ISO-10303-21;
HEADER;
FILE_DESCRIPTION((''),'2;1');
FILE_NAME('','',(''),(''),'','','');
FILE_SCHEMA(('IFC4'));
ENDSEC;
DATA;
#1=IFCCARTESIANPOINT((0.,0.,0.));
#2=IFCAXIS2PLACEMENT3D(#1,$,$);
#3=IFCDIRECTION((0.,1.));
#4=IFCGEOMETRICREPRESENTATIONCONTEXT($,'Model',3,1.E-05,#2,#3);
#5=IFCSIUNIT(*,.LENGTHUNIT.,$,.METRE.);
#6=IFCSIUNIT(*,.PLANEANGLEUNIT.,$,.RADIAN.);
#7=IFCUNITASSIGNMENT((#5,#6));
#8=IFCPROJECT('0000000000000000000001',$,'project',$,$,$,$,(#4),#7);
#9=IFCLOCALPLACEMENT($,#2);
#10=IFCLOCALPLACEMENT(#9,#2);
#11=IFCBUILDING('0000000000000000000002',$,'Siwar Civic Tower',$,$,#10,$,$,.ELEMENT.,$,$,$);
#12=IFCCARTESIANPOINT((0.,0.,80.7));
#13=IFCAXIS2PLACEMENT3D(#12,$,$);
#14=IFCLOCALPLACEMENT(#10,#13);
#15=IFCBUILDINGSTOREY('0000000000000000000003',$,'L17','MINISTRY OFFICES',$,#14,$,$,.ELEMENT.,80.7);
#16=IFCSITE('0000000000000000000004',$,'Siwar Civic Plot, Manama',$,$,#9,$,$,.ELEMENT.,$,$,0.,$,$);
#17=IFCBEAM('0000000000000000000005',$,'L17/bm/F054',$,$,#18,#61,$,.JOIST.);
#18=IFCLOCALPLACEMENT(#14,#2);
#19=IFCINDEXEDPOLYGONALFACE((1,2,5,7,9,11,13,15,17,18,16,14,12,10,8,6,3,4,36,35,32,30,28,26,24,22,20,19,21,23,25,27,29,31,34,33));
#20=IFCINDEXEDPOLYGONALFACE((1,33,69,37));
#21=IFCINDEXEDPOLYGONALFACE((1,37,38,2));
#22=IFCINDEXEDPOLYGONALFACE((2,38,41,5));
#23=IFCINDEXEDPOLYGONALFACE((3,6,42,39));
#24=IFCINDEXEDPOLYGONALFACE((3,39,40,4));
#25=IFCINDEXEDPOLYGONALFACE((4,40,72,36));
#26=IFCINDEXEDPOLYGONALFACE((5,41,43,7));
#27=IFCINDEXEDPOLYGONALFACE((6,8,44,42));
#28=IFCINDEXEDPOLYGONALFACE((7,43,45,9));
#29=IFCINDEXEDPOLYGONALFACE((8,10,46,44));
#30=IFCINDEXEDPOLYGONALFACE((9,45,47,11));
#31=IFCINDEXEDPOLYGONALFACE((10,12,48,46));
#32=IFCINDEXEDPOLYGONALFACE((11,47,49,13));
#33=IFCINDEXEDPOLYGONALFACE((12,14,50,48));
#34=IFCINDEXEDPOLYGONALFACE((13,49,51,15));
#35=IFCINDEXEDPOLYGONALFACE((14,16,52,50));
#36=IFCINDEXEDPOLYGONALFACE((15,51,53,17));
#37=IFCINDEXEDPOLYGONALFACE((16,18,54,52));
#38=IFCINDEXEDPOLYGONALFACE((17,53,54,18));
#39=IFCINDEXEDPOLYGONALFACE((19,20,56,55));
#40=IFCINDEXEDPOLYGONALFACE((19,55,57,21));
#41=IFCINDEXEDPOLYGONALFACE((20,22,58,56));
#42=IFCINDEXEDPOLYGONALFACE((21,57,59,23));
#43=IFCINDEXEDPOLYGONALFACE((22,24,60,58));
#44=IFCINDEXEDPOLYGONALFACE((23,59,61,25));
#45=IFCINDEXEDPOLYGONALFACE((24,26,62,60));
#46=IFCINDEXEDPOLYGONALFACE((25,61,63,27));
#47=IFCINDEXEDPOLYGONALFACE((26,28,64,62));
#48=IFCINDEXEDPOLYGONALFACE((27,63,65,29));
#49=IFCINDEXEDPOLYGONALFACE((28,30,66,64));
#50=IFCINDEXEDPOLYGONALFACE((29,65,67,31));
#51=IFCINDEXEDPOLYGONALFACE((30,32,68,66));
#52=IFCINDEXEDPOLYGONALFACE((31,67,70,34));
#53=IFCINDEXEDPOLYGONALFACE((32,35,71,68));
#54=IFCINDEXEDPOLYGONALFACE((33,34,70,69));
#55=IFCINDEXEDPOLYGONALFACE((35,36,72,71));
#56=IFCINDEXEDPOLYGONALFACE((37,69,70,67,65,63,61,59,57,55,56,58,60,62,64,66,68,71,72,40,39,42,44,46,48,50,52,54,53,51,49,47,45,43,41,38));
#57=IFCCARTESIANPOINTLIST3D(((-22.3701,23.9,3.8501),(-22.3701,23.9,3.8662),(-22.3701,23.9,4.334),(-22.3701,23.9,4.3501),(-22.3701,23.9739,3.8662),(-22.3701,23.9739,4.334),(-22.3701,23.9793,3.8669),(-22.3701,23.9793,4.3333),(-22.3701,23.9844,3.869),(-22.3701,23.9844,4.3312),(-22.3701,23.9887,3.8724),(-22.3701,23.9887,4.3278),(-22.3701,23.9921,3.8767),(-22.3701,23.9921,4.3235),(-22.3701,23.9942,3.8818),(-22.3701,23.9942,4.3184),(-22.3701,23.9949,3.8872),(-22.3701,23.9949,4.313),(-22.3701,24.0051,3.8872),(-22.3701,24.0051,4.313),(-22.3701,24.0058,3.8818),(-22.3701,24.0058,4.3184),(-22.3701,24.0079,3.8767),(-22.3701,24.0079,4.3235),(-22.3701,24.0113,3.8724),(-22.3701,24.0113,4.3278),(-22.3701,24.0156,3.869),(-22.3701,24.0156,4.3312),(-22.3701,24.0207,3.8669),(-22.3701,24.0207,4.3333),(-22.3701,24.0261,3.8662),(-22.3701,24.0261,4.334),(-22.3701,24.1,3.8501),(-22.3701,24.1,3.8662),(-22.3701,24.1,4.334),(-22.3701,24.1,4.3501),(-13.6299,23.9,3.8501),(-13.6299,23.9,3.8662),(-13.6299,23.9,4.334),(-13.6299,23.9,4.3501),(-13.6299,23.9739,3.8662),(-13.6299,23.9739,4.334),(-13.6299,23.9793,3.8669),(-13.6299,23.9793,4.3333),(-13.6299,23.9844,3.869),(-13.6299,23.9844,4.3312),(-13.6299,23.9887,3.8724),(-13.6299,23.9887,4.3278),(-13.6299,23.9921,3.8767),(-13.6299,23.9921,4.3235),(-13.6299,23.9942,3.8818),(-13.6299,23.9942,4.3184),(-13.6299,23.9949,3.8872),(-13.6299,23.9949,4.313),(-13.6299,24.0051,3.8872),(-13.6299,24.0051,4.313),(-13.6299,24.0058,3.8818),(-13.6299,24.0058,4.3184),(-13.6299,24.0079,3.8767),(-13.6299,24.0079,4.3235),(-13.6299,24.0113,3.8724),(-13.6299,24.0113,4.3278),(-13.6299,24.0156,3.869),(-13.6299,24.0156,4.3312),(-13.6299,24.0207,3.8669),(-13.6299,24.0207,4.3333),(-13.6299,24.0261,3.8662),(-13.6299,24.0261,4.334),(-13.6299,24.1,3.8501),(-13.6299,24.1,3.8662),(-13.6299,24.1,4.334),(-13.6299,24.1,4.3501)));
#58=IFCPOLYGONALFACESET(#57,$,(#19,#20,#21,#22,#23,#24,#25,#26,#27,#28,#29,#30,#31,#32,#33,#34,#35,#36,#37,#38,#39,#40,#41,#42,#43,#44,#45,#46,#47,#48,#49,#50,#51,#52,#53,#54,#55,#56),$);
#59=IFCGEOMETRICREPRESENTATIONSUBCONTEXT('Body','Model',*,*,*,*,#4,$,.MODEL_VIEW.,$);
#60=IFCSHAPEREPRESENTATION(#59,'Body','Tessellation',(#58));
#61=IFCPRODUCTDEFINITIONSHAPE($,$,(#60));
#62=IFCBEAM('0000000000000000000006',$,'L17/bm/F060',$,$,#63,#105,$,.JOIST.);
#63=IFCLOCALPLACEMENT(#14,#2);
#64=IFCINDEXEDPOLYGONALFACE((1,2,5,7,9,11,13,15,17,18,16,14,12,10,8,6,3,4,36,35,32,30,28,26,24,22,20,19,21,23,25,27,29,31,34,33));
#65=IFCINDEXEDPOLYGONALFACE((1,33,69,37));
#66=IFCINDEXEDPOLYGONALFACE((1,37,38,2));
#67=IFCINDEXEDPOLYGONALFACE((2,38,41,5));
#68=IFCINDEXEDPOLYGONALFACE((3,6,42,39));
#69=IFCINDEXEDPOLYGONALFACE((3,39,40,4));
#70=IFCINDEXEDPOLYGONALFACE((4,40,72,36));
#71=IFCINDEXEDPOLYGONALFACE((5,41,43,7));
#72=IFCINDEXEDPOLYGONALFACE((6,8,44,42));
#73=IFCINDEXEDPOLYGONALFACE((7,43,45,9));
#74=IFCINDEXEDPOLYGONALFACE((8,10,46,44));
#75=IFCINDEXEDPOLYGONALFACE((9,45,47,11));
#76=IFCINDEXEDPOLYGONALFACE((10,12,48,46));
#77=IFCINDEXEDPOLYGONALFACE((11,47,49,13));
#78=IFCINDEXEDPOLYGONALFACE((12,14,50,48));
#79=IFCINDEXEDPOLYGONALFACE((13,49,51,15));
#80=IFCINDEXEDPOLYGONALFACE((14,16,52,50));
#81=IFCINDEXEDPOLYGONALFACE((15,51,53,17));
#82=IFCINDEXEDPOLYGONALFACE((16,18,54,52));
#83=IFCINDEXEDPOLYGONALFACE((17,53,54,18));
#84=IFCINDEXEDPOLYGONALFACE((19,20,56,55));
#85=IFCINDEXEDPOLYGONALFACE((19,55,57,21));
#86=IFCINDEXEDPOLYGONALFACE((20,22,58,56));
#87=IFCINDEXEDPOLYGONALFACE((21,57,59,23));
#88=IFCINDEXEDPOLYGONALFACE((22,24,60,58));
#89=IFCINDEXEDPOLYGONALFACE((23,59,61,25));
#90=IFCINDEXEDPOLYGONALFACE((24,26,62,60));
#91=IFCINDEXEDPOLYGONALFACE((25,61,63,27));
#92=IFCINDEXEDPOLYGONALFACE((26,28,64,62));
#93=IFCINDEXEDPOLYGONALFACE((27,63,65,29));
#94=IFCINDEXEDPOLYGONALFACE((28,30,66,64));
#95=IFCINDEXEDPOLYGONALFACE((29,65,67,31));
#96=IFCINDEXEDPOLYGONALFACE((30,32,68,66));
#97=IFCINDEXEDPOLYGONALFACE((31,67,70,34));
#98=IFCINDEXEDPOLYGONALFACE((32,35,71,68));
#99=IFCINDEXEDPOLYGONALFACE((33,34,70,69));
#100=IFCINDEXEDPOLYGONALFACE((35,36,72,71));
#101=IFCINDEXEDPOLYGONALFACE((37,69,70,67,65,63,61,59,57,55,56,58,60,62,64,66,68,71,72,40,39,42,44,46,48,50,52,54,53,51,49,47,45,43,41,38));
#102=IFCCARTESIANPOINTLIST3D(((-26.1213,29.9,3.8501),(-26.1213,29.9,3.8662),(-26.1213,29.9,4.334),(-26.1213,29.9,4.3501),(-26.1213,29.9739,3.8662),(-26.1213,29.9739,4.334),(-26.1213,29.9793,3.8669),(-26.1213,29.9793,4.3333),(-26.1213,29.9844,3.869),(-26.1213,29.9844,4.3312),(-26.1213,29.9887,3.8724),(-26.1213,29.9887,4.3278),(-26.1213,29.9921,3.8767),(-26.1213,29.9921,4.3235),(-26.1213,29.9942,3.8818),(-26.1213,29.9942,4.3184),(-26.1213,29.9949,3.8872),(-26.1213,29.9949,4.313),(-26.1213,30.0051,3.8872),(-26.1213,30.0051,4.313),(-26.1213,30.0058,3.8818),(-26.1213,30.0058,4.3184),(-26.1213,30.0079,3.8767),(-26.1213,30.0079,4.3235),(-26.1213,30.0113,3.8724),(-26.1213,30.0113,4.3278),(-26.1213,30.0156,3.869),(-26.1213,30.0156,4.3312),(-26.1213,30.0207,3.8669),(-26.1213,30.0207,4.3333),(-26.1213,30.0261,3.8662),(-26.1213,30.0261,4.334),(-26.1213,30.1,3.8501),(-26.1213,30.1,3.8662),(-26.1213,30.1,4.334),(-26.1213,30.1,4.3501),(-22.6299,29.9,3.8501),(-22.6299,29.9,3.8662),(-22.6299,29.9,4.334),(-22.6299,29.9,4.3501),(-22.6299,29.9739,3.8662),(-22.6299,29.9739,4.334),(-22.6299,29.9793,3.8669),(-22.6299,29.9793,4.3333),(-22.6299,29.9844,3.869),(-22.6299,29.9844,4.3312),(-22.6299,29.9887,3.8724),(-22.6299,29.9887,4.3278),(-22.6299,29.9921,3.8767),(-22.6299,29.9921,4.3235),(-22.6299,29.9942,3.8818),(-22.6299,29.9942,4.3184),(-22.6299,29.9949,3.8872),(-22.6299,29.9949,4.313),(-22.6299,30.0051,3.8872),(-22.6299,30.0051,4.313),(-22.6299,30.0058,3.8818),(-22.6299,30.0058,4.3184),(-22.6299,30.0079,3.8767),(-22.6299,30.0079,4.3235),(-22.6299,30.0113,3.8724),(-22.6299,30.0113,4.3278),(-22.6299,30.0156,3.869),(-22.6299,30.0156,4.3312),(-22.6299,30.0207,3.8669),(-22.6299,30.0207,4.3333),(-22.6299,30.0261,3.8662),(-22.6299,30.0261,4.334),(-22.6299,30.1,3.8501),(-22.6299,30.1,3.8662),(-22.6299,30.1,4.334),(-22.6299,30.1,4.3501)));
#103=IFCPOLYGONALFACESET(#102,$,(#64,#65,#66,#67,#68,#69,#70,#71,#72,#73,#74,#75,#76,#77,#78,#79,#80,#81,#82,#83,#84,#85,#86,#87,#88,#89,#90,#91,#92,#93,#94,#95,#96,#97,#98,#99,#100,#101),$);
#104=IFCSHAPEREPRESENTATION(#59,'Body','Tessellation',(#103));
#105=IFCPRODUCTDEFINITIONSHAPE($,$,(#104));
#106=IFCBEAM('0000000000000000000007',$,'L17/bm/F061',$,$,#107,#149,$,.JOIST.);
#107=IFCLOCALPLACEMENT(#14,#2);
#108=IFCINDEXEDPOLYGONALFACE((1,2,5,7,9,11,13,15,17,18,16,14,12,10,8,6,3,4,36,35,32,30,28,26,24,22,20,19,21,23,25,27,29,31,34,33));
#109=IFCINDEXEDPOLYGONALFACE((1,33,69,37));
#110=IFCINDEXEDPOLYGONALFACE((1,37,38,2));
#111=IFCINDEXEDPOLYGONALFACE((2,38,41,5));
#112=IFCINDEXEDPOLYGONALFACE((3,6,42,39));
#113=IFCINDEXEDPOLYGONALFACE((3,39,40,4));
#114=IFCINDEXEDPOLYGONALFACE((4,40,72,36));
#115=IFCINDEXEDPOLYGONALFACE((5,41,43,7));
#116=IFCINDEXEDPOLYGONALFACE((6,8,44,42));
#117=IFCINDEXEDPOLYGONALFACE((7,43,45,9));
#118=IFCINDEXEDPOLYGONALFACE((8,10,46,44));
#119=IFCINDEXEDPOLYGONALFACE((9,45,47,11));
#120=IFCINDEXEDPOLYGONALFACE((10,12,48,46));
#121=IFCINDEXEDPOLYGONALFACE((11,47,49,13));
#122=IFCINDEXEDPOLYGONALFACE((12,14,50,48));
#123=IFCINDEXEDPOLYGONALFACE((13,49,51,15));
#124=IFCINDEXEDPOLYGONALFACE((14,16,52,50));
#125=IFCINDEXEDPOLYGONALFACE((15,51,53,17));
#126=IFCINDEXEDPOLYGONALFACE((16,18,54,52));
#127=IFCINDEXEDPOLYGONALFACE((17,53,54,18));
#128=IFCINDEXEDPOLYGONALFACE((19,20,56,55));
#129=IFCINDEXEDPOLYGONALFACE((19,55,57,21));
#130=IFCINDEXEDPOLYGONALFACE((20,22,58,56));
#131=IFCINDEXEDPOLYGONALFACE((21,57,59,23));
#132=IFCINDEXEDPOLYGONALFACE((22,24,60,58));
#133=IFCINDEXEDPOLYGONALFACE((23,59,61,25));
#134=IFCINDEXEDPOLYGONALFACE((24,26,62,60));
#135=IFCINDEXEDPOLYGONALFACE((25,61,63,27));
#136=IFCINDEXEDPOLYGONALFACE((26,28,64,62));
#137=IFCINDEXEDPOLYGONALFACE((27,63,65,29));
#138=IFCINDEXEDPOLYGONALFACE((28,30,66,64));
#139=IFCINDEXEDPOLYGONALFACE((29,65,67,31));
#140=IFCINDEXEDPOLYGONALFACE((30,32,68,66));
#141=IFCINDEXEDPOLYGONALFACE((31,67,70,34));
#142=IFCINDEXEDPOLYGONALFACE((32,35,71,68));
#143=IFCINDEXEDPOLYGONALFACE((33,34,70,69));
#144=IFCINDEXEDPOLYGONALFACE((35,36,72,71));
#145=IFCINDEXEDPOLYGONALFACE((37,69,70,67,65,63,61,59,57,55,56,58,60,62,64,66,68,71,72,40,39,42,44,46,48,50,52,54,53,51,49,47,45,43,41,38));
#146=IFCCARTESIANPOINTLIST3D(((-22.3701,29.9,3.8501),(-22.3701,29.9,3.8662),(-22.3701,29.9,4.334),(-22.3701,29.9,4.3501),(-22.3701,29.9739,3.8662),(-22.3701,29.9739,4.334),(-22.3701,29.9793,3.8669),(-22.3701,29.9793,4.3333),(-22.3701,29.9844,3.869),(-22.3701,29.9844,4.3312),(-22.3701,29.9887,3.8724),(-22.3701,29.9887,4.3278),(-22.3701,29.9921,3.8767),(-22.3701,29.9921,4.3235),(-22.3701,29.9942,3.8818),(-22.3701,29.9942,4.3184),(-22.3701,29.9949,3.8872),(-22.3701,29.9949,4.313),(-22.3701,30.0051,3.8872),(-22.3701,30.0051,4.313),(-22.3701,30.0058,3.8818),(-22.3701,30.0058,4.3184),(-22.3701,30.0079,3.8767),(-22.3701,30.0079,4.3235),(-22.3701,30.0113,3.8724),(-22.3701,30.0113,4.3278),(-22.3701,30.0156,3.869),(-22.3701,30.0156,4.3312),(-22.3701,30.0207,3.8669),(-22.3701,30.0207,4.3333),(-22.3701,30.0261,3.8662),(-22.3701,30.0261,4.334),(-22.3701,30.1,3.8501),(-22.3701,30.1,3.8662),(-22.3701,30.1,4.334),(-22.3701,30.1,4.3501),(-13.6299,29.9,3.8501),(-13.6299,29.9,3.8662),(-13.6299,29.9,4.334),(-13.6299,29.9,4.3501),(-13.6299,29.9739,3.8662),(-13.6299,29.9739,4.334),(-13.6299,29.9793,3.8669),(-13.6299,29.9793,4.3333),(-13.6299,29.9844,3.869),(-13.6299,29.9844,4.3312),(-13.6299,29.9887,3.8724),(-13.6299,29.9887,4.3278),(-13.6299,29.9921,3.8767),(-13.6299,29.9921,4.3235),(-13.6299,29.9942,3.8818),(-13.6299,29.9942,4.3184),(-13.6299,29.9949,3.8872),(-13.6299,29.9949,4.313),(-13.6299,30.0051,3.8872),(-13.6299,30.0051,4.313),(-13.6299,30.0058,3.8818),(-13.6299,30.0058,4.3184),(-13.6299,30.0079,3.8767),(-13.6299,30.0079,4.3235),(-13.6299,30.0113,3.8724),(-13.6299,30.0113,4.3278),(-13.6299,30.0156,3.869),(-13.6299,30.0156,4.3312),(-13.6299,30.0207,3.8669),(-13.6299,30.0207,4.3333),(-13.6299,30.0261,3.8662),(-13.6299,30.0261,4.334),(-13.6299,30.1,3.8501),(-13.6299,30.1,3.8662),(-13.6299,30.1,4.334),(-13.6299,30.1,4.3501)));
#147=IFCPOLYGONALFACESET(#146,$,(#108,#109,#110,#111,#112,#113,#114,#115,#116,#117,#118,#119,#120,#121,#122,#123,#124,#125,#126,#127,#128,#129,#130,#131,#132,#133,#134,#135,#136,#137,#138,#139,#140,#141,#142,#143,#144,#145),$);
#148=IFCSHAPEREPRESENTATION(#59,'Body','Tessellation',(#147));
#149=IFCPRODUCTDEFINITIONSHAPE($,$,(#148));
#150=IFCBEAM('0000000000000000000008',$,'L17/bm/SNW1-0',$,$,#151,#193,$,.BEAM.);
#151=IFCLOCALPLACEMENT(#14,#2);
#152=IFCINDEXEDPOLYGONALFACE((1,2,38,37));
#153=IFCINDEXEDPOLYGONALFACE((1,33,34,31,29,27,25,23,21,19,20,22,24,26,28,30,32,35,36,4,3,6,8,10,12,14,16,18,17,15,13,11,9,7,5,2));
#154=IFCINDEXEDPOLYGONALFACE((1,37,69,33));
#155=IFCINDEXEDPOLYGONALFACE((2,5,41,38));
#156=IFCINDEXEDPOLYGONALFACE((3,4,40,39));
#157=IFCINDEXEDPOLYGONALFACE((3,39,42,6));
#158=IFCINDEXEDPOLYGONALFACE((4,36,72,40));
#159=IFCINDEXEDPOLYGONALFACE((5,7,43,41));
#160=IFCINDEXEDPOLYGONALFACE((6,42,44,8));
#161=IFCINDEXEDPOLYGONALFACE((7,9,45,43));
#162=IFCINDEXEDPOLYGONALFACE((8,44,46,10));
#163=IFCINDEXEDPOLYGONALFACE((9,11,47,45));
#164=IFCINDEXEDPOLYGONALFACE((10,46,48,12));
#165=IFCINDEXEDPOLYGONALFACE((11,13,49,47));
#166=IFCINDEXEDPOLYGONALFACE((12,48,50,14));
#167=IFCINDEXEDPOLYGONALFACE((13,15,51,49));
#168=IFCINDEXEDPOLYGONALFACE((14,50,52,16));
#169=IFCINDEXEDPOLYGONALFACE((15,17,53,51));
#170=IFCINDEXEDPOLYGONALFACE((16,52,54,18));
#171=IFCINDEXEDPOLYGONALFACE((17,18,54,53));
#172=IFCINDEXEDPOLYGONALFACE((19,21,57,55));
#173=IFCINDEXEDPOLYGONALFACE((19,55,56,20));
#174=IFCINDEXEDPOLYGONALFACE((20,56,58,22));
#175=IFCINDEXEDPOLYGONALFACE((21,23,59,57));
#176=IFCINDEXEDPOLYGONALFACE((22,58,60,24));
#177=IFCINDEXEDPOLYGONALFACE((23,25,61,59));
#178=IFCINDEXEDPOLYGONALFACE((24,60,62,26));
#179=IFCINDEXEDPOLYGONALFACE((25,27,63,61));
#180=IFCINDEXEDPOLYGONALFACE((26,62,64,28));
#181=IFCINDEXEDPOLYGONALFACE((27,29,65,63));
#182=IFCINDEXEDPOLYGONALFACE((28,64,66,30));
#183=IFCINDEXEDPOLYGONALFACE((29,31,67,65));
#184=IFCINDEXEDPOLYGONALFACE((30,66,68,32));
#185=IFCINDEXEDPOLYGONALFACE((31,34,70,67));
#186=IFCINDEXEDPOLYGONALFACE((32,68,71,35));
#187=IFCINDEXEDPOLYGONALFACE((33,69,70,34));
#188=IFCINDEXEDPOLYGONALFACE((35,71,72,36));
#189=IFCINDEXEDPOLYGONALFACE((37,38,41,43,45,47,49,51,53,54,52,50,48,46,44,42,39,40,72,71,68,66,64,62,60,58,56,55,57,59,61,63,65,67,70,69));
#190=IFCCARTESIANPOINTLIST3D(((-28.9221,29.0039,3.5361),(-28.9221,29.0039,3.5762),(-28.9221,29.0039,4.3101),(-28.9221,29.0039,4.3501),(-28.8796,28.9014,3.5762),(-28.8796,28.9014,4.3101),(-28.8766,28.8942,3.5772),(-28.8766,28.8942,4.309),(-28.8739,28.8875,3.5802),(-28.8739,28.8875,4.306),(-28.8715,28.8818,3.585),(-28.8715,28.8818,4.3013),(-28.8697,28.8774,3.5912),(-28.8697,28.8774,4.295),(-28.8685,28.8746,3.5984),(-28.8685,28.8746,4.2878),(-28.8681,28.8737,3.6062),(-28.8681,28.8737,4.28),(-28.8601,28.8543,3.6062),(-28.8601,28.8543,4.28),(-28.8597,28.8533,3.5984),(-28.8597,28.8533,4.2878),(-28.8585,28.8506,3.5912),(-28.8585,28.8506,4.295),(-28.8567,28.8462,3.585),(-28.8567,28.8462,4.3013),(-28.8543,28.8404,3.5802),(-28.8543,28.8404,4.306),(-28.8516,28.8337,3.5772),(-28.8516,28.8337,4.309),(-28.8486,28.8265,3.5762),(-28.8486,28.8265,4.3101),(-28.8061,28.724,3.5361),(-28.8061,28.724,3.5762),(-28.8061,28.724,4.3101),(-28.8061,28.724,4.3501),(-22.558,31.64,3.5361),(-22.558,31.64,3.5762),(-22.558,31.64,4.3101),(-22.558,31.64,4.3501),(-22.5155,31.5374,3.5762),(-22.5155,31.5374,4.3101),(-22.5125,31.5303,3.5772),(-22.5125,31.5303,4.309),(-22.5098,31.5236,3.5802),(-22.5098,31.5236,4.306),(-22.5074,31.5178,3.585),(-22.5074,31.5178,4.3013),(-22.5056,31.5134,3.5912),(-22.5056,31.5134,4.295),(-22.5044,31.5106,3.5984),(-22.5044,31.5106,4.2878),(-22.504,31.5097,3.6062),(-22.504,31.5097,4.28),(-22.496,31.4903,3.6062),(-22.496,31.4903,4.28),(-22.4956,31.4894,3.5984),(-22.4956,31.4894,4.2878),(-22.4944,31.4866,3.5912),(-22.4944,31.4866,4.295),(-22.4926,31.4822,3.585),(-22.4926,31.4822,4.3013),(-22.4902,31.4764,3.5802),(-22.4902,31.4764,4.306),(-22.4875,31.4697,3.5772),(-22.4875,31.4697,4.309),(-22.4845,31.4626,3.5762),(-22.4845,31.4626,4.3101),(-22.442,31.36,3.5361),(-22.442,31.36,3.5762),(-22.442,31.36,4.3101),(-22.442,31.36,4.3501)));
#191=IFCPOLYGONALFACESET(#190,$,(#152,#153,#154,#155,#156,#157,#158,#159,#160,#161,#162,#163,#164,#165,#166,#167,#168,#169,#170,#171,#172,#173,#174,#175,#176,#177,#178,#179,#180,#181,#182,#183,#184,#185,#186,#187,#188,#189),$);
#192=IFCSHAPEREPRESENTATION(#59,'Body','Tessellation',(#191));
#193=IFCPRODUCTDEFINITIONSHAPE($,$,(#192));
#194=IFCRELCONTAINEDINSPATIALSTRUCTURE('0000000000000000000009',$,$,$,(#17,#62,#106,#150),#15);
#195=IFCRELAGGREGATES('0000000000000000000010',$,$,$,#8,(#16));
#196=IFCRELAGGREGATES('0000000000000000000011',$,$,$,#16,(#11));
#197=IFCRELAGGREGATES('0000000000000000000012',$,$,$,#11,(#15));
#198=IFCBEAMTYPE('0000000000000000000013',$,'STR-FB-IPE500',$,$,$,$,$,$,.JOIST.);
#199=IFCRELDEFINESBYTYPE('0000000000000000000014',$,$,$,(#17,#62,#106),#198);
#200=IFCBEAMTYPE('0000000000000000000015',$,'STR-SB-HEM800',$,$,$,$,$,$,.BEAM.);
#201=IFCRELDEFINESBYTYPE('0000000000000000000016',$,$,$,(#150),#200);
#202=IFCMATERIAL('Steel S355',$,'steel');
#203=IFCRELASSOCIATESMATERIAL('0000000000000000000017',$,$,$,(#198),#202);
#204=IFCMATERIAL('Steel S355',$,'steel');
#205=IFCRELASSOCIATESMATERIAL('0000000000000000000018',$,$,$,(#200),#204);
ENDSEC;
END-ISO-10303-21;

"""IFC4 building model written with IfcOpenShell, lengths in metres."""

from ifc_helpers import new_model, si_unit, direction, frame, origin, origin_2d, place, context, subcontext, project, spatial, i_section, extrude, material, material_profile, profile_set, type_object, element, save


model = new_model("IFC4")

# Units and contexts
model_context = context("Model", 3, precision=1e-05, world=origin(), true_north=direction((0.0, 1.0)))
body_context = subcontext(model_context, "Body", "Model", "MODEL_VIEW")
ifc_project = project(units=[si_unit("LENGTHUNIT", "METRE"), si_unit("PLANEANGLEUNIT", "RADIAN")], contexts=[model_context])

# Site, building, storey
site_placement = place(None, origin())
site = spatial("IfcSite", under=ifc_project, at=site_placement, Name="Siwar Civic Plot, Manama", CompositionType="ELEMENT", RefElevation=0.0)
building_placement = place(site_placement, origin())
building = spatial("IfcBuilding", under=site, at=building_placement, Name="Siwar Civic Tower", CompositionType="ELEMENT")
storey_placement = place(building_placement, frame((0.0, 0.0, 80.7)))
storey = spatial("IfcBuildingStorey", under=building, at=storey_placement, Name="L17", Description="MINISTRY OFFICES", CompositionType="ELEMENT", Elevation=80.7)

# Beams
ifc_material_1 = material(Name="Steel S355", Category="steel")
ifc_material_profile_1 = material_profile(ifc_material_1, i_section(OverallWidth=0.2, OverallDepth=0.5, WebThickness=0.0103, FlangeThickness=0.0161, FilletRadius=0.021, at=origin_2d()), Name="IPE500")
ifc_profile_set_1 = profile_set([ifc_material_profile_1], Name="Steel S355")
beam_type_1 = type_object("IfcBeamType", Name="STR-FB-IPE500", PredefinedType="JOIST", material=ifc_profile_set_1)
beam_1_placement = place(storey_placement, frame((-22.3701, 24.0, 4.1001), z_axis=(1.0, 0.0, 0.0), x_axis=(0.0, 1.0, 0.0)))
element("IfcBeam", 1, at=beam_1_placement, inside=storey, type_object=beam_type_1, Name="L17/bm/F054", PredefinedType="JOIST", context=body_context, shape_type="SweptSolid", body=[
    extrude(i_section(OverallWidth=0.2, OverallDepth=0.5, WebThickness=0.0103, FlangeThickness=0.0161, FilletRadius=0.021, at=origin_2d()), origin(), (0.0, 0.0, 1.0), 8.7402),
])
beam_2_placement = place(storey_placement, frame((-26.1213, 30.0, 4.1001), z_axis=(1.0, 0.0, 0.0), x_axis=(0.0, 1.0, 0.0)))
element("IfcBeam", 2, at=beam_2_placement, inside=storey, type_object=beam_type_1, Name="L17/bm/F060", PredefinedType="JOIST", context=body_context, shape_type="SweptSolid", body=[
    extrude(i_section(OverallWidth=0.2, OverallDepth=0.5, WebThickness=0.0103, FlangeThickness=0.0161, FilletRadius=0.021, at=origin_2d()), origin(), (0.0, 0.0, 1.0), 3.4915),
])
beam_3_placement = place(storey_placement, frame((-22.3701, 30.0, 4.1001), z_axis=(1.0, 0.0, 0.0), x_axis=(0.0, 1.0, 0.0)))
element("IfcBeam", 3, at=beam_3_placement, inside=storey, type_object=beam_type_1, Name="L17/bm/F061", PredefinedType="JOIST", context=body_context, shape_type="SweptSolid", body=[
    extrude(i_section(OverallWidth=0.2, OverallDepth=0.5, WebThickness=0.0103, FlangeThickness=0.0161, FilletRadius=0.021, at=origin_2d()), origin(), (0.0, 0.0, 1.0), 8.7402),
])
ifc_material_2 = material(Name="Steel S355", Category="steel")
ifc_material_profile_2 = material_profile(ifc_material_2, i_section(OverallWidth=0.303, OverallDepth=0.814, WebThickness=0.021, FlangeThickness=0.04, FilletRadius=0.03, at=origin_2d()), Name="HEM800")
ifc_profile_set_2 = profile_set([ifc_material_profile_2], Name="Steel S355")
beam_type_2 = type_object("IfcBeamType", Name="STR-SB-HEM800", PredefinedType="BEAM", material=ifc_profile_set_2)
for number, where, z_axis, x_axis, name in (
    (4, (-22.5, 31.5, 3.9431), (-0.923883, -0.382674, 0.0), (0.382674, -0.923883, 0.0), "L17/bm/SNW1-0"),
):
    element("IfcBeam", number, at=place(storey_placement, frame(where, z_axis=z_axis, x_axis=x_axis)), inside=storey, type_object=beam_type_2, Name=name, PredefinedType="BEAM", context=body_context, shape_type="SweptSolid", body=[
        extrude(i_section(OverallWidth=0.303, OverallDepth=0.814, WebThickness=0.021, FlangeThickness=0.04, FilletRadius=0.03, at=origin_2d()), origin(), (0.0, 0.0, 1.0), 6.8884),
    ])

save(model, "model.ifc")
